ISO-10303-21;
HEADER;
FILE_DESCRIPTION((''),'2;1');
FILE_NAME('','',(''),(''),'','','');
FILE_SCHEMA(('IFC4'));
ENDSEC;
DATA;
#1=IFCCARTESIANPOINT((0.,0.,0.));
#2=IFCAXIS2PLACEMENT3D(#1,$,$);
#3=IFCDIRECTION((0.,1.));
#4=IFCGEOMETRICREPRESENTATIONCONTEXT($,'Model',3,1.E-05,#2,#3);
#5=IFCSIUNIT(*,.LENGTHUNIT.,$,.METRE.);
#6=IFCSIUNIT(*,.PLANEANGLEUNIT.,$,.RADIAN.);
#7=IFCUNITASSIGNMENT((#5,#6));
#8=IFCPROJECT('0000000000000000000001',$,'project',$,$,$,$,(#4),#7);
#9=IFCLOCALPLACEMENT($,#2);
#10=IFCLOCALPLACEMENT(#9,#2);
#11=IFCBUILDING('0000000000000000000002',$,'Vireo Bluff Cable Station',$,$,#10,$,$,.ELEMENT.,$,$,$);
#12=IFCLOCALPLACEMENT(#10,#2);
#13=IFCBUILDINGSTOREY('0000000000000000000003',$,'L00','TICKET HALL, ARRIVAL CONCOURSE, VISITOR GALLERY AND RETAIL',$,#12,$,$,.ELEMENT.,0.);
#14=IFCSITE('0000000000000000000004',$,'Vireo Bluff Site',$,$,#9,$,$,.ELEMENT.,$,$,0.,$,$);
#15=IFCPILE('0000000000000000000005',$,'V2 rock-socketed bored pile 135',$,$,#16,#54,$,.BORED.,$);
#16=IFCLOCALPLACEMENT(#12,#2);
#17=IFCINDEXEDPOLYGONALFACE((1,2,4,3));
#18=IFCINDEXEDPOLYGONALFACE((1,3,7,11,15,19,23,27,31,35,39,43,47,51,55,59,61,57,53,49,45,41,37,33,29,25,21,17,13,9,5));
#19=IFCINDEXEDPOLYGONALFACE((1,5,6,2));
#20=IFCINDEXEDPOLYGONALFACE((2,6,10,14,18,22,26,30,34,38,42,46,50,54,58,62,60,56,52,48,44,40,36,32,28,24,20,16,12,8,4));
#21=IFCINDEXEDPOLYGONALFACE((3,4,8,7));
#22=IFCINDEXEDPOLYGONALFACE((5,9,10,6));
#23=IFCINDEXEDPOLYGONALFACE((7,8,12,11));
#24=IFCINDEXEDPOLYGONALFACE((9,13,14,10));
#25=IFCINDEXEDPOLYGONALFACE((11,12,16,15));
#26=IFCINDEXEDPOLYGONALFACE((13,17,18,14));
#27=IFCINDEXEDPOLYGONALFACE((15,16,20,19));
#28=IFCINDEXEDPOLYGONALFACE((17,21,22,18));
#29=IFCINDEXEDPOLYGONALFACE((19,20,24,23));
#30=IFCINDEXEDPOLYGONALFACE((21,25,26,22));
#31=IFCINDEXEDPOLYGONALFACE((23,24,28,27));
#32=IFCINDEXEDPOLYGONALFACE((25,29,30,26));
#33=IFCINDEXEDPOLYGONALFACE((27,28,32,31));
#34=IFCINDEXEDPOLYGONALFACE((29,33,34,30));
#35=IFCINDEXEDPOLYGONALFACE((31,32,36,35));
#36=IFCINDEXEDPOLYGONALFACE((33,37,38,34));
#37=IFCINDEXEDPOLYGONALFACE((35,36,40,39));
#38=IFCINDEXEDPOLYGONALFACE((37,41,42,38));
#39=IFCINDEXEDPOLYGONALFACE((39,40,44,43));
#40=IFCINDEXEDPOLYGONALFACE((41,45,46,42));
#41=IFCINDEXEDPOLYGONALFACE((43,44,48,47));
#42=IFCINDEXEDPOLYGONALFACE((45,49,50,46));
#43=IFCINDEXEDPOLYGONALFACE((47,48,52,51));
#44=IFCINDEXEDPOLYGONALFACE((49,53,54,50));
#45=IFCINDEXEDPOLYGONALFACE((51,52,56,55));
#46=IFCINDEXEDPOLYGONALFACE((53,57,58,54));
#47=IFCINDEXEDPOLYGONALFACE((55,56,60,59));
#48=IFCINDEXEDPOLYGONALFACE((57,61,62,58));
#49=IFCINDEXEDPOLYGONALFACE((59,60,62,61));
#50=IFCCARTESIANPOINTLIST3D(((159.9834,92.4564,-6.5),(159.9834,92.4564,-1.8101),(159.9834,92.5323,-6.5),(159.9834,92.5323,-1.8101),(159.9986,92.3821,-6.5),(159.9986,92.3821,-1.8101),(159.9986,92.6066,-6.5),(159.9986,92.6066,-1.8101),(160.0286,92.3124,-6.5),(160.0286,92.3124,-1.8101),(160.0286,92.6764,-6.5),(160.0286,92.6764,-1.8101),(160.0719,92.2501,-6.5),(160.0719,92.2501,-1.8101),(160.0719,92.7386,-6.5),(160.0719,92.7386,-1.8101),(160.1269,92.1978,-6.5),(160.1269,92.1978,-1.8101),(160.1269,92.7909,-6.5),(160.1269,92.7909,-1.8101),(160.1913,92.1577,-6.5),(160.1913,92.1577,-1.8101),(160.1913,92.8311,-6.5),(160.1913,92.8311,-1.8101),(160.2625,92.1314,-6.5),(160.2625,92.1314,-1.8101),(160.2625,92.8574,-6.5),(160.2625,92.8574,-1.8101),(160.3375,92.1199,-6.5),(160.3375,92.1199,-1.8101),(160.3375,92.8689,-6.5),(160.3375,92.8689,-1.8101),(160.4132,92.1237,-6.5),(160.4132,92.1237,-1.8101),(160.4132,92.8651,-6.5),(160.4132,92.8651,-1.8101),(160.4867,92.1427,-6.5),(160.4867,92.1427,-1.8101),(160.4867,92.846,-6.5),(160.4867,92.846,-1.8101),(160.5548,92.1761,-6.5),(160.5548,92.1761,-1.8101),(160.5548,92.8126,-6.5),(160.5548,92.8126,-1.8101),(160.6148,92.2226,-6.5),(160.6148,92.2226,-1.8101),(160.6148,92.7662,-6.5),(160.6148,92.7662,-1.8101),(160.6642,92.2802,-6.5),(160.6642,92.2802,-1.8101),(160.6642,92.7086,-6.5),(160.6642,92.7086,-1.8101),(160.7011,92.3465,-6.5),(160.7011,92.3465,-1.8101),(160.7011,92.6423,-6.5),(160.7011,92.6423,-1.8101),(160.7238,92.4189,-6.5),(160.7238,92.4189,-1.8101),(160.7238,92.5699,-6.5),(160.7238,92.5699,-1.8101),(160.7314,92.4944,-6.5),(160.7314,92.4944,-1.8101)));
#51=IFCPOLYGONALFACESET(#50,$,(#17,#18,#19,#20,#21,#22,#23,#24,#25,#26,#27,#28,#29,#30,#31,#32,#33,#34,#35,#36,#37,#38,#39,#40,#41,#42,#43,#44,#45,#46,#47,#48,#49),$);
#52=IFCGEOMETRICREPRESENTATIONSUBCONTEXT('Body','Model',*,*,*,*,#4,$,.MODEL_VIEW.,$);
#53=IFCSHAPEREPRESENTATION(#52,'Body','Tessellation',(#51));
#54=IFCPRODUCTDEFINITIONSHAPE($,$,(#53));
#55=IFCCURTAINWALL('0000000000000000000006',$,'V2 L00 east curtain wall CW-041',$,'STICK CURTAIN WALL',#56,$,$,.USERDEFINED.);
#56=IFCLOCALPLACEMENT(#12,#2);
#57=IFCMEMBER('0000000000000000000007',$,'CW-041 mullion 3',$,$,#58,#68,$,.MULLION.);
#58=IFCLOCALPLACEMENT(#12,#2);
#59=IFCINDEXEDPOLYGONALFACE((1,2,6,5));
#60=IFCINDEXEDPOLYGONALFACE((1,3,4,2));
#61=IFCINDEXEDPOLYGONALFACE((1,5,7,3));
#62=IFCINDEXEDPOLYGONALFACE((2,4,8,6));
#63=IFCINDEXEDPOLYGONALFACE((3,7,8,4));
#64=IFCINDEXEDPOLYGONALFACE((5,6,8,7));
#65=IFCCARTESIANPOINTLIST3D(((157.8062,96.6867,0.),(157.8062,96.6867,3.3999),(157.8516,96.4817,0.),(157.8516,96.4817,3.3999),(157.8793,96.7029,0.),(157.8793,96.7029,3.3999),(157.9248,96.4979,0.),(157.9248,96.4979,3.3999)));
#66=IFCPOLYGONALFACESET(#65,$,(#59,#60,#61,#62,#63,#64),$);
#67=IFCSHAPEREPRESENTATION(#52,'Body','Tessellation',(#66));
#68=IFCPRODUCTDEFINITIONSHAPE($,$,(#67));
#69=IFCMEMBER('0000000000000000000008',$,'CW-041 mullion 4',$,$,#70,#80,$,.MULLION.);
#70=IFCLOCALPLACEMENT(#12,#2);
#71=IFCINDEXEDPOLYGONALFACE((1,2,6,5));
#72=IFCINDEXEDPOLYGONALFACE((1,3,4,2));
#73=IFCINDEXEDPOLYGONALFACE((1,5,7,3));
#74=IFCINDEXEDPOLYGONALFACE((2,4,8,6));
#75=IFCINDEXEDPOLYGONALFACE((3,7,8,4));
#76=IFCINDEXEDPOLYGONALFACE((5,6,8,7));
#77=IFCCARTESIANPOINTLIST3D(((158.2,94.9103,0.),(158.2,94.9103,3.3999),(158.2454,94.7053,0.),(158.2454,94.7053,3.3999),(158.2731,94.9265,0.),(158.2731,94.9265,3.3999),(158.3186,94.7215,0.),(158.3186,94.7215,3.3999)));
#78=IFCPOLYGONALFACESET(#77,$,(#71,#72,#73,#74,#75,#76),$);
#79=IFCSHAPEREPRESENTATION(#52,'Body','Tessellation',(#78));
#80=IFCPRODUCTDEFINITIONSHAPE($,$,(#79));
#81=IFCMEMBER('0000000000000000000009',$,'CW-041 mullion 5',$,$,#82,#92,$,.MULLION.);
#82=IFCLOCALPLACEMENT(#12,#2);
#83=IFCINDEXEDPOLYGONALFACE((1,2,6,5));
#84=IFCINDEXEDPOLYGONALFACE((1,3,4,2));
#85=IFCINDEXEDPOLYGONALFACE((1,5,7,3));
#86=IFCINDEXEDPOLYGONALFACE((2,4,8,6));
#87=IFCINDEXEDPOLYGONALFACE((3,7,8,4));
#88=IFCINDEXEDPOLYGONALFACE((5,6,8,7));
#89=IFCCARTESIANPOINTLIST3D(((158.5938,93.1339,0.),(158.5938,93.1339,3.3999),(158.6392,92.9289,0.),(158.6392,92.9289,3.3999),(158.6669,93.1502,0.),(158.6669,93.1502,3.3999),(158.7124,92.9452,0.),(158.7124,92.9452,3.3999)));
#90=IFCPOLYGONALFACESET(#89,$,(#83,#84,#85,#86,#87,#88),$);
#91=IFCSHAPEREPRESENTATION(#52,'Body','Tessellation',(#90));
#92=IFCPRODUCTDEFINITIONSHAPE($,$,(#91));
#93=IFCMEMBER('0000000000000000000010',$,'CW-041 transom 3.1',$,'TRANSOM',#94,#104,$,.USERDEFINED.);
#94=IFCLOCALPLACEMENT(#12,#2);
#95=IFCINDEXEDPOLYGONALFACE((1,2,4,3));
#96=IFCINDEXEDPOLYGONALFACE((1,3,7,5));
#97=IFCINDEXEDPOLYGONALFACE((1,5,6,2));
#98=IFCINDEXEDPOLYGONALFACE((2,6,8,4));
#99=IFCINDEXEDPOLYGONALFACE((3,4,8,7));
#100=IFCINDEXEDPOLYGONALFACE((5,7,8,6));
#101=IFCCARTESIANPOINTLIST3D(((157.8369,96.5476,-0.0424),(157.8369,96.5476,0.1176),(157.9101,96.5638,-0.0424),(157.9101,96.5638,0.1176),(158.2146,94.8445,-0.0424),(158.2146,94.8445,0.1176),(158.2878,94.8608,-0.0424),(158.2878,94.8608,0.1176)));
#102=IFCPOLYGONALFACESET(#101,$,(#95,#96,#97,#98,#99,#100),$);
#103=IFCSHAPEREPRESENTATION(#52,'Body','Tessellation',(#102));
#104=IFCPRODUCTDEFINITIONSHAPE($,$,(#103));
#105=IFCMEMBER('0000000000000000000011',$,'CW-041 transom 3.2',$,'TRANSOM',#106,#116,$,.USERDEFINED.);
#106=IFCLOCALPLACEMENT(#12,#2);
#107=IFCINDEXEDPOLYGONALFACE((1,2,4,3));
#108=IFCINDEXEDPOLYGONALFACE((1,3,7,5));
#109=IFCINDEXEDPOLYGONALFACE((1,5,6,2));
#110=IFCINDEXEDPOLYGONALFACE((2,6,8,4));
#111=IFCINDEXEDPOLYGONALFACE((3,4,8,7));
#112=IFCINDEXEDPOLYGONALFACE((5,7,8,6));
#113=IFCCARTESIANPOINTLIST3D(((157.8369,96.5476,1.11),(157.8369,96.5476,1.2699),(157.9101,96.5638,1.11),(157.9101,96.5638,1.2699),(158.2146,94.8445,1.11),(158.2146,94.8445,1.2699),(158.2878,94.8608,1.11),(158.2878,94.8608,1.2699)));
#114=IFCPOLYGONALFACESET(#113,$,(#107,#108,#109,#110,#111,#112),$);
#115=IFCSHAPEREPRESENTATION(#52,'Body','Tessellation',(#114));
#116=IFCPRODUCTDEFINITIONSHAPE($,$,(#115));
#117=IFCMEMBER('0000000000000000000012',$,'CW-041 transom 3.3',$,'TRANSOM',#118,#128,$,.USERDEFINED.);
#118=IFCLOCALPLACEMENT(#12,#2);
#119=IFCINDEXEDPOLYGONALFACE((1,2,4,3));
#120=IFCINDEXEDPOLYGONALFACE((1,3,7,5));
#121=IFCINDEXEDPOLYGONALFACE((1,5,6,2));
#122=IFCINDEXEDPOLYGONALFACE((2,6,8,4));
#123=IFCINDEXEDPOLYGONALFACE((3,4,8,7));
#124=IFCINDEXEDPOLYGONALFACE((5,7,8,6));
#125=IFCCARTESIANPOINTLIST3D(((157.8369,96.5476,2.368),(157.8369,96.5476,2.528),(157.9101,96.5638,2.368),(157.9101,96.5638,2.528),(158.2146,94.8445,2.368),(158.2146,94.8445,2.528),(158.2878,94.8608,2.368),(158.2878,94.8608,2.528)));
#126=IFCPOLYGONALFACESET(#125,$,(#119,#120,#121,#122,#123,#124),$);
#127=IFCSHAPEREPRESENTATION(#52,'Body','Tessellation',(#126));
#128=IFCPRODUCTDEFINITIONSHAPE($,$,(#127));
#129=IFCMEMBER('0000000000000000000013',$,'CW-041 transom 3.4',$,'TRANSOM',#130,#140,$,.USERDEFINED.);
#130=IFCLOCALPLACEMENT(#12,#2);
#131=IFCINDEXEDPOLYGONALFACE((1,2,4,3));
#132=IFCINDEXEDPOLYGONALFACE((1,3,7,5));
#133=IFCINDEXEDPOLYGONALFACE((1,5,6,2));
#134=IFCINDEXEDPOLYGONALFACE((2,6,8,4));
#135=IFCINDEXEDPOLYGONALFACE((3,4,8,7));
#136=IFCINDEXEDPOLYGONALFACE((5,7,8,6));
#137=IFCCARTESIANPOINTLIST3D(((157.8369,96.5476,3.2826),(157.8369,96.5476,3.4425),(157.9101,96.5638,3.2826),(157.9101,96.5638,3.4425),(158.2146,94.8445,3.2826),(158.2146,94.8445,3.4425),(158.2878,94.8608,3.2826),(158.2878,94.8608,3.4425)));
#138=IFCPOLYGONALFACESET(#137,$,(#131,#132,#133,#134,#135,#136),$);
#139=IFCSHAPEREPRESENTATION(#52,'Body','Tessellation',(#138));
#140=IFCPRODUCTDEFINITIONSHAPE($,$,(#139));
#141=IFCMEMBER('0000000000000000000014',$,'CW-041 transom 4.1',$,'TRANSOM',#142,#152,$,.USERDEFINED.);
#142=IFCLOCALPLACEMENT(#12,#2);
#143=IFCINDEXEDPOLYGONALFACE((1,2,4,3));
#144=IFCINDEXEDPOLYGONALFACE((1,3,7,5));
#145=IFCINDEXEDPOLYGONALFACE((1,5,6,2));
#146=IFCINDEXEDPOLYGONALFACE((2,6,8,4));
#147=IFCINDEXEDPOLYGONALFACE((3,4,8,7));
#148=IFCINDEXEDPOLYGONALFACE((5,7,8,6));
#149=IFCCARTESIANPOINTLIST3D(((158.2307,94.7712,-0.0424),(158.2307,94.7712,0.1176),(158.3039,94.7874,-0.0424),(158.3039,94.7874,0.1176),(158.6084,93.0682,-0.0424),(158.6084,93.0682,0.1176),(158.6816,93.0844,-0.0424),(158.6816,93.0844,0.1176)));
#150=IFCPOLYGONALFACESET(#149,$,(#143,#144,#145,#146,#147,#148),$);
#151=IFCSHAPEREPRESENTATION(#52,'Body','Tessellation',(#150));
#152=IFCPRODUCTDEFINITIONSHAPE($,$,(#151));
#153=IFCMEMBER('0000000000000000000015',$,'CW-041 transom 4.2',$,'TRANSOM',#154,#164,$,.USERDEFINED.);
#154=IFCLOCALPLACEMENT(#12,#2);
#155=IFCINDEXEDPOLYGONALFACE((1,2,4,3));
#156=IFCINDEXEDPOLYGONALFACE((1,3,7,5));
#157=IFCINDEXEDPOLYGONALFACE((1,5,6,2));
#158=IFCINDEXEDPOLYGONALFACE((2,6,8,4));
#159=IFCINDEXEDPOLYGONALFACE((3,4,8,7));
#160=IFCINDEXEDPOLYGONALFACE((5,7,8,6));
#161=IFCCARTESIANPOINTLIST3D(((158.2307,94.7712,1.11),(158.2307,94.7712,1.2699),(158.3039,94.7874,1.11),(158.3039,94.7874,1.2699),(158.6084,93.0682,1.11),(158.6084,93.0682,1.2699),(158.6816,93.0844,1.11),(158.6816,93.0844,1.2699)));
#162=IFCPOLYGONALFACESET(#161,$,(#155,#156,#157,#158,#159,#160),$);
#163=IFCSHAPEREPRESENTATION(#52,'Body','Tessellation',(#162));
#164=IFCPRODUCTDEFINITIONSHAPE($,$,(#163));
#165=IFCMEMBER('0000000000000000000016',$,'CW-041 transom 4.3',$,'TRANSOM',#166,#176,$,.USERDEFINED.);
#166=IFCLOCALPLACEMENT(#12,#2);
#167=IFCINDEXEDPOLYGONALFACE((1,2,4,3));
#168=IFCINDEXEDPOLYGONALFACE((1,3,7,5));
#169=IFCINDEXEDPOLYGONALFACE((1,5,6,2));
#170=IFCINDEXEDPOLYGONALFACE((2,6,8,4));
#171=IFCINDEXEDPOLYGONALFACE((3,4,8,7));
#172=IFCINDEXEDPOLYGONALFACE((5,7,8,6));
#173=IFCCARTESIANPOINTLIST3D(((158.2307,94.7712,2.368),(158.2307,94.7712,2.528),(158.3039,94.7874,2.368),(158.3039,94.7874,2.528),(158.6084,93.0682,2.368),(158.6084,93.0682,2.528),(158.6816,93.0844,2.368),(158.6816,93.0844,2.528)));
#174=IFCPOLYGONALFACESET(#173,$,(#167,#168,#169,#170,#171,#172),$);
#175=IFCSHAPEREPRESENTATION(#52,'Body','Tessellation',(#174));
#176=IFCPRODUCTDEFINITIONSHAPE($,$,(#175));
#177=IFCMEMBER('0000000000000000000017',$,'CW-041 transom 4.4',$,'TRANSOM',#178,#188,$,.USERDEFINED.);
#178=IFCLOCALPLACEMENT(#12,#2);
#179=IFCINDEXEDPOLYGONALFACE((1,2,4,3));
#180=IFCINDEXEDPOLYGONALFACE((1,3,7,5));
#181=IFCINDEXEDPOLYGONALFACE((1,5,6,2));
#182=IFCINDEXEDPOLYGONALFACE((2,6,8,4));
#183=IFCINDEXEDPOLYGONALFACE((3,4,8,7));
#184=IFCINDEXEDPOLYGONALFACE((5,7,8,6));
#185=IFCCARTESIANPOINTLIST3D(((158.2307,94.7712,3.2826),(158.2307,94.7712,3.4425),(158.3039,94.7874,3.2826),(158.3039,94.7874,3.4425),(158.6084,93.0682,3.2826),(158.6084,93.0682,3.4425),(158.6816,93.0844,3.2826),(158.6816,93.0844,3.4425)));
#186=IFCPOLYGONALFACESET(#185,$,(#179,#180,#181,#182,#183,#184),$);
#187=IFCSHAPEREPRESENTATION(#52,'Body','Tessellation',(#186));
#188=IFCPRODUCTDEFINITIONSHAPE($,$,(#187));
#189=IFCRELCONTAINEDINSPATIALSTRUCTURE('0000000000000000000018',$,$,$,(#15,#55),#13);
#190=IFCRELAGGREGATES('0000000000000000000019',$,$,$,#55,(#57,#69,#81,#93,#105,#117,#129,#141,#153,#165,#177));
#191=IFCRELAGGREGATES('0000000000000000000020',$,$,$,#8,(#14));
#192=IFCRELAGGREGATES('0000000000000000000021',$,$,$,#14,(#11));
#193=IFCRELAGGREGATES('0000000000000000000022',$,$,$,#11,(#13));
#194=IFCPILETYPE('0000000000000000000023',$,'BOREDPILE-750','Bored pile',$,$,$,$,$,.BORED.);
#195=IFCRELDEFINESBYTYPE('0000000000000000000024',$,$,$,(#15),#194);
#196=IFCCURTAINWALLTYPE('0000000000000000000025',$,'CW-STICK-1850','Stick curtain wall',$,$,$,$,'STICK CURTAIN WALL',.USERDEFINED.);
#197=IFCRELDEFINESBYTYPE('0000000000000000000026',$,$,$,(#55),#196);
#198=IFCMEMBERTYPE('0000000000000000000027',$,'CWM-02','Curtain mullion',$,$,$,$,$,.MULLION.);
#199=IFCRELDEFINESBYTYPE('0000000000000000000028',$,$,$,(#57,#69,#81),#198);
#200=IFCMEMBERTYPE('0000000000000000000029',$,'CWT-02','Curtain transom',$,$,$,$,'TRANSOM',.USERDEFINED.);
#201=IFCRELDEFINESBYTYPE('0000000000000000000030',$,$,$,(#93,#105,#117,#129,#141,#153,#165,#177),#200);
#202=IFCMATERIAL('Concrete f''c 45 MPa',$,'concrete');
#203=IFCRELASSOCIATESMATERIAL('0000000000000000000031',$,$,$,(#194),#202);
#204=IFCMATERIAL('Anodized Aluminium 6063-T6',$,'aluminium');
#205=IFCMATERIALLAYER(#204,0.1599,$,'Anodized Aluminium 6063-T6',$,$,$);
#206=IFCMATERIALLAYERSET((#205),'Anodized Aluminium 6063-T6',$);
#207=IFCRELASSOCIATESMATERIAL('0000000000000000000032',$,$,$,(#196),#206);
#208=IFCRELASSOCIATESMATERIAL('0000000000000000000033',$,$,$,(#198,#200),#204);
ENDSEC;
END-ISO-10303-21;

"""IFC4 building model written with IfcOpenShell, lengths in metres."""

from ifc_helpers import new_model, si_unit, direction, frame, origin, origin_2d, place, context, subcontext, project, spatial, rectangle, circle, extrude, material, layer, layer_set, material_profile, profile_set, type_object, element, aggregate, save


model = new_model("IFC4")

# Units and contexts
model_context = context("Model", 3, precision=1e-05, world=origin(), true_north=direction((0.0, 1.0)))
body_context = subcontext(model_context, "Body", "Model", "MODEL_VIEW")
ifc_project = project(units=[si_unit("LENGTHUNIT", "METRE"), si_unit("PLANEANGLEUNIT", "RADIAN")], contexts=[model_context])

# Site, building, storey
site_placement = place(None, origin())
site = spatial("IfcSite", under=ifc_project, at=site_placement, Name="Vireo Bluff Site", CompositionType="ELEMENT", RefElevation=0.0)
building_placement = place(site_placement, origin())
building = spatial("IfcBuilding", under=site, at=building_placement, Name="Vireo Bluff Cable Station", CompositionType="ELEMENT")
storey_placement = place(building_placement, origin())
storey = spatial("IfcBuildingStorey", under=building, at=storey_placement, Name="L00", Description="TICKET HALL, ARRIVAL CONCOURSE, VISITOR GALLERY AND RETAIL", CompositionType="ELEMENT", Elevation=0.0)

# Pile
ifc_material_1 = material(Name="Concrete f'c 45 MPa", Category="concrete")
ifc_material_profile_1 = material_profile(ifc_material_1, circle(Radius=0.375, at=origin_2d()), Name="BOREDPILE-750")
ifc_profile_set_1 = profile_set([ifc_material_profile_1], Name="Concrete f'c 45 MPa")
pile_type = type_object("IfcPileType", Name="BOREDPILE-750", Description="Bored pile", PredefinedType="BORED", material=ifc_profile_set_1)
pile_placement = place(storey_placement, frame((160.3564, 92.4944, -1.8101), z_axis=(0.0, 0.0, -1.0), x_axis=(1.0, 0.0, 0.0)))
element("IfcPile", 1, at=pile_placement, inside=storey, type_object=pile_type, Name="V2 rock-socketed bored pile 135", PredefinedType="BORED", context=body_context, shape_type="SweptSolid", body=[
    extrude(circle(Radius=0.375, at=origin_2d()), origin(), (0.0, 0.0, 1.0), 4.6899),
])

# Curtain wall, members
ifc_material_2 = material(Name="Anodized Aluminium 6063-T6", Category="aluminium")
ifc_layer_1 = layer(ifc_material_2, 0.1599, Name="Anodized Aluminium 6063-T6")
ifc_layer_set_1 = layer_set([ifc_layer_1], Name="Anodized Aluminium 6063-T6")
curtain_wall_type = type_object("IfcCurtainWallType", Name="CW-STICK-1850", Description="Stick curtain wall", ElementType="STICK CURTAIN WALL", PredefinedType="USERDEFINED", material=ifc_layer_set_1)
curtain_wall_placement = place(storey_placement, origin())
curtain_wall = element("IfcCurtainWall", 2, at=curtain_wall_placement, inside=storey, type_object=curtain_wall_type, Name="V2 L00 east curtain wall CW-041", ObjectType="STICK CURTAIN WALL", PredefinedType="USERDEFINED")
ifc_material_profile_2 = material_profile(ifc_material_2, rectangle(XDim=0.075, YDim=0.21, at=origin_2d()), Name="ALU-M-75X210")
ifc_profile_set_2 = profile_set([ifc_material_profile_2], Name="Anodized Aluminium 6063-T6")
member_type_1 = type_object("IfcMemberType", Name="CWM-02", Description="Curtain mullion", PredefinedType="MULLION", material=ifc_profile_set_2)
member_1_placement = place(storey_placement, frame((157.8655, 96.5923, 0.0), z_axis=(0.0, 0.0, 1.0), x_axis=(0.976296, 0.21644, 0.0)))
member_1 = element("IfcMember", 3, at=member_1_placement, type_object=member_type_1, Name="CW-041 mullion 3", PredefinedType="MULLION", context=body_context, shape_type="SweptSolid", body=[
    extrude(rectangle(XDim=0.075, YDim=0.21, at=origin_2d()), origin(), (0.0, 0.0, 1.0), 3.3999),
])
member_2_placement = place(storey_placement, frame((158.2593, 94.8159, 0.0), z_axis=(0.0, 0.0, 1.0), x_axis=(0.976296, 0.21644, 0.0)))
member_2 = element("IfcMember", 4, at=member_2_placement, type_object=member_type_1, Name="CW-041 mullion 4", PredefinedType="MULLION", context=body_context, shape_type="SweptSolid", body=[
    extrude(rectangle(XDim=0.075, YDim=0.21, at=origin_2d()), origin(), (0.0, 0.0, 1.0), 3.3999),
])
member_3_placement = place(storey_placement, frame((158.6531, 93.0396, 0.0), z_axis=(0.0, 0.0, 1.0), x_axis=(0.976296, 0.21644, 0.0)))
member_3 = element("IfcMember", 5, at=member_3_placement, type_object=member_type_1, Name="CW-041 mullion 5", PredefinedType="MULLION", context=body_context, shape_type="SweptSolid", body=[
    extrude(rectangle(XDim=0.075, YDim=0.21, at=origin_2d()), origin(), (0.0, 0.0, 1.0), 3.3999),
])
ifc_material_profile_3 = material_profile(ifc_material_2, rectangle(XDim=0.075, YDim=0.1599, at=origin_2d()), Name="ALU-T-75X160")
ifc_profile_set_3 = profile_set([ifc_material_profile_3], Name="Anodized Aluminium 6063-T6")
member_type_2 = type_object("IfcMemberType", Name="CWT-02", Description="Curtain transom", ElementType="TRANSOM", PredefinedType="USERDEFINED", material=ifc_profile_set_3)
member_4_placement = place(storey_placement, frame((157.8735, 96.5557, 0.0376), z_axis=(0.216501, -0.976282, 0.0), x_axis=(0.976282, 0.216501, 0.0)))
member_4 = element("IfcMember", 6, at=member_4_placement, type_object=member_type_2, Name="CW-041 transom 3.1", ObjectType="TRANSOM", PredefinedType="USERDEFINED", context=body_context, shape_type="SweptSolid", body=[
    extrude(rectangle(XDim=0.075, YDim=0.1599, at=origin_2d()), origin(), (0.0, 0.0, 1.0), 1.7444),
])
member_5_placement = place(storey_placement, frame((157.8735, 96.5557, 1.1899), z_axis=(0.216501, -0.976282, 0.0), x_axis=(0.976282, 0.216501, 0.0)))
member_5 = element("IfcMember", 7, at=member_5_placement, type_object=member_type_2, Name="CW-041 transom 3.2", ObjectType="TRANSOM", PredefinedType="USERDEFINED", context=body_context, shape_type="SweptSolid", body=[
    extrude(rectangle(XDim=0.075, YDim=0.1599, at=origin_2d()), origin(), (0.0, 0.0, 1.0), 1.7444),
])
member_6_placement = place(storey_placement, frame((157.8735, 96.5557, 2.448), z_axis=(0.216501, -0.976282, 0.0), x_axis=(0.976282, 0.216501, 0.0)))
member_6 = element("IfcMember", 8, at=member_6_placement, type_object=member_type_2, Name="CW-041 transom 3.3", ObjectType="TRANSOM", PredefinedType="USERDEFINED", context=body_context, shape_type="SweptSolid", body=[
    extrude(rectangle(XDim=0.075, YDim=0.1599, at=origin_2d()), origin(), (0.0, 0.0, 1.0), 1.7444),
])
member_7_placement = place(storey_placement, frame((157.8735, 96.5557, 3.3625), z_axis=(0.216501, -0.976282, 0.0), x_axis=(0.976282, 0.216501, 0.0)))
member_7 = element("IfcMember", 9, at=member_7_placement, type_object=member_type_2, Name="CW-041 transom 3.4", ObjectType="TRANSOM", PredefinedType="USERDEFINED", context=body_context, shape_type="SweptSolid", body=[
    extrude(rectangle(XDim=0.075, YDim=0.1599, at=origin_2d()), origin(), (0.0, 0.0, 1.0), 1.7444),
])
member_8_placement = place(storey_placement, frame((158.2673, 94.7793, 0.0376), z_axis=(0.216501, -0.976282, 0.0), x_axis=(0.976282, 0.216501, 0.0)))
member_8 = element("IfcMember", 10, at=member_8_placement, type_object=member_type_2, Name="CW-041 transom 4.1", ObjectType="TRANSOM", PredefinedType="USERDEFINED", context=body_context, shape_type="SweptSolid", body=[
    extrude(rectangle(XDim=0.075, YDim=0.1599, at=origin_2d()), origin(), (0.0, 0.0, 1.0), 1.7444),
])
member_9_placement = place(storey_placement, frame((158.2673, 94.7793, 1.1899), z_axis=(0.216501, -0.976282, 0.0), x_axis=(0.976282, 0.216501, 0.0)))
member_9 = element("IfcMember", 11, at=member_9_placement, type_object=member_type_2, Name="CW-041 transom 4.2", ObjectType="TRANSOM", PredefinedType="USERDEFINED", context=body_context, shape_type="SweptSolid", body=[
    extrude(rectangle(XDim=0.075, YDim=0.1599, at=origin_2d()), origin(), (0.0, 0.0, 1.0), 1.7444),
])
member_10_placement = place(storey_placement, frame((158.2673, 94.7793, 2.448), z_axis=(0.216501, -0.976282, 0.0), x_axis=(0.976282, 0.216501, 0.0)))
member_10 = element("IfcMember", 12, at=member_10_placement, type_object=member_type_2, Name="CW-041 transom 4.3", ObjectType="TRANSOM", PredefinedType="USERDEFINED", context=body_context, shape_type="SweptSolid", body=[
    extrude(rectangle(XDim=0.075, YDim=0.1599, at=origin_2d()), origin(), (0.0, 0.0, 1.0), 1.7444),
])
member_11_placement = place(storey_placement, frame((158.2673, 94.7793, 3.3625), z_axis=(0.216501, -0.976282, 0.0), x_axis=(0.976282, 0.216501, 0.0)))
member_11 = element("IfcMember", 13, at=member_11_placement, type_object=member_type_2, Name="CW-041 transom 4.4", ObjectType="TRANSOM", PredefinedType="USERDEFINED", context=body_context, shape_type="SweptSolid", body=[
    extrude(rectangle(XDim=0.075, YDim=0.1599, at=origin_2d()), origin(), (0.0, 0.0, 1.0), 1.7444),
])
aggregate(curtain_wall, [member_1, member_2, member_3, member_4, member_5, member_6, member_7, member_8, member_9, member_10, member_11])

save(model, "model.ifc")
